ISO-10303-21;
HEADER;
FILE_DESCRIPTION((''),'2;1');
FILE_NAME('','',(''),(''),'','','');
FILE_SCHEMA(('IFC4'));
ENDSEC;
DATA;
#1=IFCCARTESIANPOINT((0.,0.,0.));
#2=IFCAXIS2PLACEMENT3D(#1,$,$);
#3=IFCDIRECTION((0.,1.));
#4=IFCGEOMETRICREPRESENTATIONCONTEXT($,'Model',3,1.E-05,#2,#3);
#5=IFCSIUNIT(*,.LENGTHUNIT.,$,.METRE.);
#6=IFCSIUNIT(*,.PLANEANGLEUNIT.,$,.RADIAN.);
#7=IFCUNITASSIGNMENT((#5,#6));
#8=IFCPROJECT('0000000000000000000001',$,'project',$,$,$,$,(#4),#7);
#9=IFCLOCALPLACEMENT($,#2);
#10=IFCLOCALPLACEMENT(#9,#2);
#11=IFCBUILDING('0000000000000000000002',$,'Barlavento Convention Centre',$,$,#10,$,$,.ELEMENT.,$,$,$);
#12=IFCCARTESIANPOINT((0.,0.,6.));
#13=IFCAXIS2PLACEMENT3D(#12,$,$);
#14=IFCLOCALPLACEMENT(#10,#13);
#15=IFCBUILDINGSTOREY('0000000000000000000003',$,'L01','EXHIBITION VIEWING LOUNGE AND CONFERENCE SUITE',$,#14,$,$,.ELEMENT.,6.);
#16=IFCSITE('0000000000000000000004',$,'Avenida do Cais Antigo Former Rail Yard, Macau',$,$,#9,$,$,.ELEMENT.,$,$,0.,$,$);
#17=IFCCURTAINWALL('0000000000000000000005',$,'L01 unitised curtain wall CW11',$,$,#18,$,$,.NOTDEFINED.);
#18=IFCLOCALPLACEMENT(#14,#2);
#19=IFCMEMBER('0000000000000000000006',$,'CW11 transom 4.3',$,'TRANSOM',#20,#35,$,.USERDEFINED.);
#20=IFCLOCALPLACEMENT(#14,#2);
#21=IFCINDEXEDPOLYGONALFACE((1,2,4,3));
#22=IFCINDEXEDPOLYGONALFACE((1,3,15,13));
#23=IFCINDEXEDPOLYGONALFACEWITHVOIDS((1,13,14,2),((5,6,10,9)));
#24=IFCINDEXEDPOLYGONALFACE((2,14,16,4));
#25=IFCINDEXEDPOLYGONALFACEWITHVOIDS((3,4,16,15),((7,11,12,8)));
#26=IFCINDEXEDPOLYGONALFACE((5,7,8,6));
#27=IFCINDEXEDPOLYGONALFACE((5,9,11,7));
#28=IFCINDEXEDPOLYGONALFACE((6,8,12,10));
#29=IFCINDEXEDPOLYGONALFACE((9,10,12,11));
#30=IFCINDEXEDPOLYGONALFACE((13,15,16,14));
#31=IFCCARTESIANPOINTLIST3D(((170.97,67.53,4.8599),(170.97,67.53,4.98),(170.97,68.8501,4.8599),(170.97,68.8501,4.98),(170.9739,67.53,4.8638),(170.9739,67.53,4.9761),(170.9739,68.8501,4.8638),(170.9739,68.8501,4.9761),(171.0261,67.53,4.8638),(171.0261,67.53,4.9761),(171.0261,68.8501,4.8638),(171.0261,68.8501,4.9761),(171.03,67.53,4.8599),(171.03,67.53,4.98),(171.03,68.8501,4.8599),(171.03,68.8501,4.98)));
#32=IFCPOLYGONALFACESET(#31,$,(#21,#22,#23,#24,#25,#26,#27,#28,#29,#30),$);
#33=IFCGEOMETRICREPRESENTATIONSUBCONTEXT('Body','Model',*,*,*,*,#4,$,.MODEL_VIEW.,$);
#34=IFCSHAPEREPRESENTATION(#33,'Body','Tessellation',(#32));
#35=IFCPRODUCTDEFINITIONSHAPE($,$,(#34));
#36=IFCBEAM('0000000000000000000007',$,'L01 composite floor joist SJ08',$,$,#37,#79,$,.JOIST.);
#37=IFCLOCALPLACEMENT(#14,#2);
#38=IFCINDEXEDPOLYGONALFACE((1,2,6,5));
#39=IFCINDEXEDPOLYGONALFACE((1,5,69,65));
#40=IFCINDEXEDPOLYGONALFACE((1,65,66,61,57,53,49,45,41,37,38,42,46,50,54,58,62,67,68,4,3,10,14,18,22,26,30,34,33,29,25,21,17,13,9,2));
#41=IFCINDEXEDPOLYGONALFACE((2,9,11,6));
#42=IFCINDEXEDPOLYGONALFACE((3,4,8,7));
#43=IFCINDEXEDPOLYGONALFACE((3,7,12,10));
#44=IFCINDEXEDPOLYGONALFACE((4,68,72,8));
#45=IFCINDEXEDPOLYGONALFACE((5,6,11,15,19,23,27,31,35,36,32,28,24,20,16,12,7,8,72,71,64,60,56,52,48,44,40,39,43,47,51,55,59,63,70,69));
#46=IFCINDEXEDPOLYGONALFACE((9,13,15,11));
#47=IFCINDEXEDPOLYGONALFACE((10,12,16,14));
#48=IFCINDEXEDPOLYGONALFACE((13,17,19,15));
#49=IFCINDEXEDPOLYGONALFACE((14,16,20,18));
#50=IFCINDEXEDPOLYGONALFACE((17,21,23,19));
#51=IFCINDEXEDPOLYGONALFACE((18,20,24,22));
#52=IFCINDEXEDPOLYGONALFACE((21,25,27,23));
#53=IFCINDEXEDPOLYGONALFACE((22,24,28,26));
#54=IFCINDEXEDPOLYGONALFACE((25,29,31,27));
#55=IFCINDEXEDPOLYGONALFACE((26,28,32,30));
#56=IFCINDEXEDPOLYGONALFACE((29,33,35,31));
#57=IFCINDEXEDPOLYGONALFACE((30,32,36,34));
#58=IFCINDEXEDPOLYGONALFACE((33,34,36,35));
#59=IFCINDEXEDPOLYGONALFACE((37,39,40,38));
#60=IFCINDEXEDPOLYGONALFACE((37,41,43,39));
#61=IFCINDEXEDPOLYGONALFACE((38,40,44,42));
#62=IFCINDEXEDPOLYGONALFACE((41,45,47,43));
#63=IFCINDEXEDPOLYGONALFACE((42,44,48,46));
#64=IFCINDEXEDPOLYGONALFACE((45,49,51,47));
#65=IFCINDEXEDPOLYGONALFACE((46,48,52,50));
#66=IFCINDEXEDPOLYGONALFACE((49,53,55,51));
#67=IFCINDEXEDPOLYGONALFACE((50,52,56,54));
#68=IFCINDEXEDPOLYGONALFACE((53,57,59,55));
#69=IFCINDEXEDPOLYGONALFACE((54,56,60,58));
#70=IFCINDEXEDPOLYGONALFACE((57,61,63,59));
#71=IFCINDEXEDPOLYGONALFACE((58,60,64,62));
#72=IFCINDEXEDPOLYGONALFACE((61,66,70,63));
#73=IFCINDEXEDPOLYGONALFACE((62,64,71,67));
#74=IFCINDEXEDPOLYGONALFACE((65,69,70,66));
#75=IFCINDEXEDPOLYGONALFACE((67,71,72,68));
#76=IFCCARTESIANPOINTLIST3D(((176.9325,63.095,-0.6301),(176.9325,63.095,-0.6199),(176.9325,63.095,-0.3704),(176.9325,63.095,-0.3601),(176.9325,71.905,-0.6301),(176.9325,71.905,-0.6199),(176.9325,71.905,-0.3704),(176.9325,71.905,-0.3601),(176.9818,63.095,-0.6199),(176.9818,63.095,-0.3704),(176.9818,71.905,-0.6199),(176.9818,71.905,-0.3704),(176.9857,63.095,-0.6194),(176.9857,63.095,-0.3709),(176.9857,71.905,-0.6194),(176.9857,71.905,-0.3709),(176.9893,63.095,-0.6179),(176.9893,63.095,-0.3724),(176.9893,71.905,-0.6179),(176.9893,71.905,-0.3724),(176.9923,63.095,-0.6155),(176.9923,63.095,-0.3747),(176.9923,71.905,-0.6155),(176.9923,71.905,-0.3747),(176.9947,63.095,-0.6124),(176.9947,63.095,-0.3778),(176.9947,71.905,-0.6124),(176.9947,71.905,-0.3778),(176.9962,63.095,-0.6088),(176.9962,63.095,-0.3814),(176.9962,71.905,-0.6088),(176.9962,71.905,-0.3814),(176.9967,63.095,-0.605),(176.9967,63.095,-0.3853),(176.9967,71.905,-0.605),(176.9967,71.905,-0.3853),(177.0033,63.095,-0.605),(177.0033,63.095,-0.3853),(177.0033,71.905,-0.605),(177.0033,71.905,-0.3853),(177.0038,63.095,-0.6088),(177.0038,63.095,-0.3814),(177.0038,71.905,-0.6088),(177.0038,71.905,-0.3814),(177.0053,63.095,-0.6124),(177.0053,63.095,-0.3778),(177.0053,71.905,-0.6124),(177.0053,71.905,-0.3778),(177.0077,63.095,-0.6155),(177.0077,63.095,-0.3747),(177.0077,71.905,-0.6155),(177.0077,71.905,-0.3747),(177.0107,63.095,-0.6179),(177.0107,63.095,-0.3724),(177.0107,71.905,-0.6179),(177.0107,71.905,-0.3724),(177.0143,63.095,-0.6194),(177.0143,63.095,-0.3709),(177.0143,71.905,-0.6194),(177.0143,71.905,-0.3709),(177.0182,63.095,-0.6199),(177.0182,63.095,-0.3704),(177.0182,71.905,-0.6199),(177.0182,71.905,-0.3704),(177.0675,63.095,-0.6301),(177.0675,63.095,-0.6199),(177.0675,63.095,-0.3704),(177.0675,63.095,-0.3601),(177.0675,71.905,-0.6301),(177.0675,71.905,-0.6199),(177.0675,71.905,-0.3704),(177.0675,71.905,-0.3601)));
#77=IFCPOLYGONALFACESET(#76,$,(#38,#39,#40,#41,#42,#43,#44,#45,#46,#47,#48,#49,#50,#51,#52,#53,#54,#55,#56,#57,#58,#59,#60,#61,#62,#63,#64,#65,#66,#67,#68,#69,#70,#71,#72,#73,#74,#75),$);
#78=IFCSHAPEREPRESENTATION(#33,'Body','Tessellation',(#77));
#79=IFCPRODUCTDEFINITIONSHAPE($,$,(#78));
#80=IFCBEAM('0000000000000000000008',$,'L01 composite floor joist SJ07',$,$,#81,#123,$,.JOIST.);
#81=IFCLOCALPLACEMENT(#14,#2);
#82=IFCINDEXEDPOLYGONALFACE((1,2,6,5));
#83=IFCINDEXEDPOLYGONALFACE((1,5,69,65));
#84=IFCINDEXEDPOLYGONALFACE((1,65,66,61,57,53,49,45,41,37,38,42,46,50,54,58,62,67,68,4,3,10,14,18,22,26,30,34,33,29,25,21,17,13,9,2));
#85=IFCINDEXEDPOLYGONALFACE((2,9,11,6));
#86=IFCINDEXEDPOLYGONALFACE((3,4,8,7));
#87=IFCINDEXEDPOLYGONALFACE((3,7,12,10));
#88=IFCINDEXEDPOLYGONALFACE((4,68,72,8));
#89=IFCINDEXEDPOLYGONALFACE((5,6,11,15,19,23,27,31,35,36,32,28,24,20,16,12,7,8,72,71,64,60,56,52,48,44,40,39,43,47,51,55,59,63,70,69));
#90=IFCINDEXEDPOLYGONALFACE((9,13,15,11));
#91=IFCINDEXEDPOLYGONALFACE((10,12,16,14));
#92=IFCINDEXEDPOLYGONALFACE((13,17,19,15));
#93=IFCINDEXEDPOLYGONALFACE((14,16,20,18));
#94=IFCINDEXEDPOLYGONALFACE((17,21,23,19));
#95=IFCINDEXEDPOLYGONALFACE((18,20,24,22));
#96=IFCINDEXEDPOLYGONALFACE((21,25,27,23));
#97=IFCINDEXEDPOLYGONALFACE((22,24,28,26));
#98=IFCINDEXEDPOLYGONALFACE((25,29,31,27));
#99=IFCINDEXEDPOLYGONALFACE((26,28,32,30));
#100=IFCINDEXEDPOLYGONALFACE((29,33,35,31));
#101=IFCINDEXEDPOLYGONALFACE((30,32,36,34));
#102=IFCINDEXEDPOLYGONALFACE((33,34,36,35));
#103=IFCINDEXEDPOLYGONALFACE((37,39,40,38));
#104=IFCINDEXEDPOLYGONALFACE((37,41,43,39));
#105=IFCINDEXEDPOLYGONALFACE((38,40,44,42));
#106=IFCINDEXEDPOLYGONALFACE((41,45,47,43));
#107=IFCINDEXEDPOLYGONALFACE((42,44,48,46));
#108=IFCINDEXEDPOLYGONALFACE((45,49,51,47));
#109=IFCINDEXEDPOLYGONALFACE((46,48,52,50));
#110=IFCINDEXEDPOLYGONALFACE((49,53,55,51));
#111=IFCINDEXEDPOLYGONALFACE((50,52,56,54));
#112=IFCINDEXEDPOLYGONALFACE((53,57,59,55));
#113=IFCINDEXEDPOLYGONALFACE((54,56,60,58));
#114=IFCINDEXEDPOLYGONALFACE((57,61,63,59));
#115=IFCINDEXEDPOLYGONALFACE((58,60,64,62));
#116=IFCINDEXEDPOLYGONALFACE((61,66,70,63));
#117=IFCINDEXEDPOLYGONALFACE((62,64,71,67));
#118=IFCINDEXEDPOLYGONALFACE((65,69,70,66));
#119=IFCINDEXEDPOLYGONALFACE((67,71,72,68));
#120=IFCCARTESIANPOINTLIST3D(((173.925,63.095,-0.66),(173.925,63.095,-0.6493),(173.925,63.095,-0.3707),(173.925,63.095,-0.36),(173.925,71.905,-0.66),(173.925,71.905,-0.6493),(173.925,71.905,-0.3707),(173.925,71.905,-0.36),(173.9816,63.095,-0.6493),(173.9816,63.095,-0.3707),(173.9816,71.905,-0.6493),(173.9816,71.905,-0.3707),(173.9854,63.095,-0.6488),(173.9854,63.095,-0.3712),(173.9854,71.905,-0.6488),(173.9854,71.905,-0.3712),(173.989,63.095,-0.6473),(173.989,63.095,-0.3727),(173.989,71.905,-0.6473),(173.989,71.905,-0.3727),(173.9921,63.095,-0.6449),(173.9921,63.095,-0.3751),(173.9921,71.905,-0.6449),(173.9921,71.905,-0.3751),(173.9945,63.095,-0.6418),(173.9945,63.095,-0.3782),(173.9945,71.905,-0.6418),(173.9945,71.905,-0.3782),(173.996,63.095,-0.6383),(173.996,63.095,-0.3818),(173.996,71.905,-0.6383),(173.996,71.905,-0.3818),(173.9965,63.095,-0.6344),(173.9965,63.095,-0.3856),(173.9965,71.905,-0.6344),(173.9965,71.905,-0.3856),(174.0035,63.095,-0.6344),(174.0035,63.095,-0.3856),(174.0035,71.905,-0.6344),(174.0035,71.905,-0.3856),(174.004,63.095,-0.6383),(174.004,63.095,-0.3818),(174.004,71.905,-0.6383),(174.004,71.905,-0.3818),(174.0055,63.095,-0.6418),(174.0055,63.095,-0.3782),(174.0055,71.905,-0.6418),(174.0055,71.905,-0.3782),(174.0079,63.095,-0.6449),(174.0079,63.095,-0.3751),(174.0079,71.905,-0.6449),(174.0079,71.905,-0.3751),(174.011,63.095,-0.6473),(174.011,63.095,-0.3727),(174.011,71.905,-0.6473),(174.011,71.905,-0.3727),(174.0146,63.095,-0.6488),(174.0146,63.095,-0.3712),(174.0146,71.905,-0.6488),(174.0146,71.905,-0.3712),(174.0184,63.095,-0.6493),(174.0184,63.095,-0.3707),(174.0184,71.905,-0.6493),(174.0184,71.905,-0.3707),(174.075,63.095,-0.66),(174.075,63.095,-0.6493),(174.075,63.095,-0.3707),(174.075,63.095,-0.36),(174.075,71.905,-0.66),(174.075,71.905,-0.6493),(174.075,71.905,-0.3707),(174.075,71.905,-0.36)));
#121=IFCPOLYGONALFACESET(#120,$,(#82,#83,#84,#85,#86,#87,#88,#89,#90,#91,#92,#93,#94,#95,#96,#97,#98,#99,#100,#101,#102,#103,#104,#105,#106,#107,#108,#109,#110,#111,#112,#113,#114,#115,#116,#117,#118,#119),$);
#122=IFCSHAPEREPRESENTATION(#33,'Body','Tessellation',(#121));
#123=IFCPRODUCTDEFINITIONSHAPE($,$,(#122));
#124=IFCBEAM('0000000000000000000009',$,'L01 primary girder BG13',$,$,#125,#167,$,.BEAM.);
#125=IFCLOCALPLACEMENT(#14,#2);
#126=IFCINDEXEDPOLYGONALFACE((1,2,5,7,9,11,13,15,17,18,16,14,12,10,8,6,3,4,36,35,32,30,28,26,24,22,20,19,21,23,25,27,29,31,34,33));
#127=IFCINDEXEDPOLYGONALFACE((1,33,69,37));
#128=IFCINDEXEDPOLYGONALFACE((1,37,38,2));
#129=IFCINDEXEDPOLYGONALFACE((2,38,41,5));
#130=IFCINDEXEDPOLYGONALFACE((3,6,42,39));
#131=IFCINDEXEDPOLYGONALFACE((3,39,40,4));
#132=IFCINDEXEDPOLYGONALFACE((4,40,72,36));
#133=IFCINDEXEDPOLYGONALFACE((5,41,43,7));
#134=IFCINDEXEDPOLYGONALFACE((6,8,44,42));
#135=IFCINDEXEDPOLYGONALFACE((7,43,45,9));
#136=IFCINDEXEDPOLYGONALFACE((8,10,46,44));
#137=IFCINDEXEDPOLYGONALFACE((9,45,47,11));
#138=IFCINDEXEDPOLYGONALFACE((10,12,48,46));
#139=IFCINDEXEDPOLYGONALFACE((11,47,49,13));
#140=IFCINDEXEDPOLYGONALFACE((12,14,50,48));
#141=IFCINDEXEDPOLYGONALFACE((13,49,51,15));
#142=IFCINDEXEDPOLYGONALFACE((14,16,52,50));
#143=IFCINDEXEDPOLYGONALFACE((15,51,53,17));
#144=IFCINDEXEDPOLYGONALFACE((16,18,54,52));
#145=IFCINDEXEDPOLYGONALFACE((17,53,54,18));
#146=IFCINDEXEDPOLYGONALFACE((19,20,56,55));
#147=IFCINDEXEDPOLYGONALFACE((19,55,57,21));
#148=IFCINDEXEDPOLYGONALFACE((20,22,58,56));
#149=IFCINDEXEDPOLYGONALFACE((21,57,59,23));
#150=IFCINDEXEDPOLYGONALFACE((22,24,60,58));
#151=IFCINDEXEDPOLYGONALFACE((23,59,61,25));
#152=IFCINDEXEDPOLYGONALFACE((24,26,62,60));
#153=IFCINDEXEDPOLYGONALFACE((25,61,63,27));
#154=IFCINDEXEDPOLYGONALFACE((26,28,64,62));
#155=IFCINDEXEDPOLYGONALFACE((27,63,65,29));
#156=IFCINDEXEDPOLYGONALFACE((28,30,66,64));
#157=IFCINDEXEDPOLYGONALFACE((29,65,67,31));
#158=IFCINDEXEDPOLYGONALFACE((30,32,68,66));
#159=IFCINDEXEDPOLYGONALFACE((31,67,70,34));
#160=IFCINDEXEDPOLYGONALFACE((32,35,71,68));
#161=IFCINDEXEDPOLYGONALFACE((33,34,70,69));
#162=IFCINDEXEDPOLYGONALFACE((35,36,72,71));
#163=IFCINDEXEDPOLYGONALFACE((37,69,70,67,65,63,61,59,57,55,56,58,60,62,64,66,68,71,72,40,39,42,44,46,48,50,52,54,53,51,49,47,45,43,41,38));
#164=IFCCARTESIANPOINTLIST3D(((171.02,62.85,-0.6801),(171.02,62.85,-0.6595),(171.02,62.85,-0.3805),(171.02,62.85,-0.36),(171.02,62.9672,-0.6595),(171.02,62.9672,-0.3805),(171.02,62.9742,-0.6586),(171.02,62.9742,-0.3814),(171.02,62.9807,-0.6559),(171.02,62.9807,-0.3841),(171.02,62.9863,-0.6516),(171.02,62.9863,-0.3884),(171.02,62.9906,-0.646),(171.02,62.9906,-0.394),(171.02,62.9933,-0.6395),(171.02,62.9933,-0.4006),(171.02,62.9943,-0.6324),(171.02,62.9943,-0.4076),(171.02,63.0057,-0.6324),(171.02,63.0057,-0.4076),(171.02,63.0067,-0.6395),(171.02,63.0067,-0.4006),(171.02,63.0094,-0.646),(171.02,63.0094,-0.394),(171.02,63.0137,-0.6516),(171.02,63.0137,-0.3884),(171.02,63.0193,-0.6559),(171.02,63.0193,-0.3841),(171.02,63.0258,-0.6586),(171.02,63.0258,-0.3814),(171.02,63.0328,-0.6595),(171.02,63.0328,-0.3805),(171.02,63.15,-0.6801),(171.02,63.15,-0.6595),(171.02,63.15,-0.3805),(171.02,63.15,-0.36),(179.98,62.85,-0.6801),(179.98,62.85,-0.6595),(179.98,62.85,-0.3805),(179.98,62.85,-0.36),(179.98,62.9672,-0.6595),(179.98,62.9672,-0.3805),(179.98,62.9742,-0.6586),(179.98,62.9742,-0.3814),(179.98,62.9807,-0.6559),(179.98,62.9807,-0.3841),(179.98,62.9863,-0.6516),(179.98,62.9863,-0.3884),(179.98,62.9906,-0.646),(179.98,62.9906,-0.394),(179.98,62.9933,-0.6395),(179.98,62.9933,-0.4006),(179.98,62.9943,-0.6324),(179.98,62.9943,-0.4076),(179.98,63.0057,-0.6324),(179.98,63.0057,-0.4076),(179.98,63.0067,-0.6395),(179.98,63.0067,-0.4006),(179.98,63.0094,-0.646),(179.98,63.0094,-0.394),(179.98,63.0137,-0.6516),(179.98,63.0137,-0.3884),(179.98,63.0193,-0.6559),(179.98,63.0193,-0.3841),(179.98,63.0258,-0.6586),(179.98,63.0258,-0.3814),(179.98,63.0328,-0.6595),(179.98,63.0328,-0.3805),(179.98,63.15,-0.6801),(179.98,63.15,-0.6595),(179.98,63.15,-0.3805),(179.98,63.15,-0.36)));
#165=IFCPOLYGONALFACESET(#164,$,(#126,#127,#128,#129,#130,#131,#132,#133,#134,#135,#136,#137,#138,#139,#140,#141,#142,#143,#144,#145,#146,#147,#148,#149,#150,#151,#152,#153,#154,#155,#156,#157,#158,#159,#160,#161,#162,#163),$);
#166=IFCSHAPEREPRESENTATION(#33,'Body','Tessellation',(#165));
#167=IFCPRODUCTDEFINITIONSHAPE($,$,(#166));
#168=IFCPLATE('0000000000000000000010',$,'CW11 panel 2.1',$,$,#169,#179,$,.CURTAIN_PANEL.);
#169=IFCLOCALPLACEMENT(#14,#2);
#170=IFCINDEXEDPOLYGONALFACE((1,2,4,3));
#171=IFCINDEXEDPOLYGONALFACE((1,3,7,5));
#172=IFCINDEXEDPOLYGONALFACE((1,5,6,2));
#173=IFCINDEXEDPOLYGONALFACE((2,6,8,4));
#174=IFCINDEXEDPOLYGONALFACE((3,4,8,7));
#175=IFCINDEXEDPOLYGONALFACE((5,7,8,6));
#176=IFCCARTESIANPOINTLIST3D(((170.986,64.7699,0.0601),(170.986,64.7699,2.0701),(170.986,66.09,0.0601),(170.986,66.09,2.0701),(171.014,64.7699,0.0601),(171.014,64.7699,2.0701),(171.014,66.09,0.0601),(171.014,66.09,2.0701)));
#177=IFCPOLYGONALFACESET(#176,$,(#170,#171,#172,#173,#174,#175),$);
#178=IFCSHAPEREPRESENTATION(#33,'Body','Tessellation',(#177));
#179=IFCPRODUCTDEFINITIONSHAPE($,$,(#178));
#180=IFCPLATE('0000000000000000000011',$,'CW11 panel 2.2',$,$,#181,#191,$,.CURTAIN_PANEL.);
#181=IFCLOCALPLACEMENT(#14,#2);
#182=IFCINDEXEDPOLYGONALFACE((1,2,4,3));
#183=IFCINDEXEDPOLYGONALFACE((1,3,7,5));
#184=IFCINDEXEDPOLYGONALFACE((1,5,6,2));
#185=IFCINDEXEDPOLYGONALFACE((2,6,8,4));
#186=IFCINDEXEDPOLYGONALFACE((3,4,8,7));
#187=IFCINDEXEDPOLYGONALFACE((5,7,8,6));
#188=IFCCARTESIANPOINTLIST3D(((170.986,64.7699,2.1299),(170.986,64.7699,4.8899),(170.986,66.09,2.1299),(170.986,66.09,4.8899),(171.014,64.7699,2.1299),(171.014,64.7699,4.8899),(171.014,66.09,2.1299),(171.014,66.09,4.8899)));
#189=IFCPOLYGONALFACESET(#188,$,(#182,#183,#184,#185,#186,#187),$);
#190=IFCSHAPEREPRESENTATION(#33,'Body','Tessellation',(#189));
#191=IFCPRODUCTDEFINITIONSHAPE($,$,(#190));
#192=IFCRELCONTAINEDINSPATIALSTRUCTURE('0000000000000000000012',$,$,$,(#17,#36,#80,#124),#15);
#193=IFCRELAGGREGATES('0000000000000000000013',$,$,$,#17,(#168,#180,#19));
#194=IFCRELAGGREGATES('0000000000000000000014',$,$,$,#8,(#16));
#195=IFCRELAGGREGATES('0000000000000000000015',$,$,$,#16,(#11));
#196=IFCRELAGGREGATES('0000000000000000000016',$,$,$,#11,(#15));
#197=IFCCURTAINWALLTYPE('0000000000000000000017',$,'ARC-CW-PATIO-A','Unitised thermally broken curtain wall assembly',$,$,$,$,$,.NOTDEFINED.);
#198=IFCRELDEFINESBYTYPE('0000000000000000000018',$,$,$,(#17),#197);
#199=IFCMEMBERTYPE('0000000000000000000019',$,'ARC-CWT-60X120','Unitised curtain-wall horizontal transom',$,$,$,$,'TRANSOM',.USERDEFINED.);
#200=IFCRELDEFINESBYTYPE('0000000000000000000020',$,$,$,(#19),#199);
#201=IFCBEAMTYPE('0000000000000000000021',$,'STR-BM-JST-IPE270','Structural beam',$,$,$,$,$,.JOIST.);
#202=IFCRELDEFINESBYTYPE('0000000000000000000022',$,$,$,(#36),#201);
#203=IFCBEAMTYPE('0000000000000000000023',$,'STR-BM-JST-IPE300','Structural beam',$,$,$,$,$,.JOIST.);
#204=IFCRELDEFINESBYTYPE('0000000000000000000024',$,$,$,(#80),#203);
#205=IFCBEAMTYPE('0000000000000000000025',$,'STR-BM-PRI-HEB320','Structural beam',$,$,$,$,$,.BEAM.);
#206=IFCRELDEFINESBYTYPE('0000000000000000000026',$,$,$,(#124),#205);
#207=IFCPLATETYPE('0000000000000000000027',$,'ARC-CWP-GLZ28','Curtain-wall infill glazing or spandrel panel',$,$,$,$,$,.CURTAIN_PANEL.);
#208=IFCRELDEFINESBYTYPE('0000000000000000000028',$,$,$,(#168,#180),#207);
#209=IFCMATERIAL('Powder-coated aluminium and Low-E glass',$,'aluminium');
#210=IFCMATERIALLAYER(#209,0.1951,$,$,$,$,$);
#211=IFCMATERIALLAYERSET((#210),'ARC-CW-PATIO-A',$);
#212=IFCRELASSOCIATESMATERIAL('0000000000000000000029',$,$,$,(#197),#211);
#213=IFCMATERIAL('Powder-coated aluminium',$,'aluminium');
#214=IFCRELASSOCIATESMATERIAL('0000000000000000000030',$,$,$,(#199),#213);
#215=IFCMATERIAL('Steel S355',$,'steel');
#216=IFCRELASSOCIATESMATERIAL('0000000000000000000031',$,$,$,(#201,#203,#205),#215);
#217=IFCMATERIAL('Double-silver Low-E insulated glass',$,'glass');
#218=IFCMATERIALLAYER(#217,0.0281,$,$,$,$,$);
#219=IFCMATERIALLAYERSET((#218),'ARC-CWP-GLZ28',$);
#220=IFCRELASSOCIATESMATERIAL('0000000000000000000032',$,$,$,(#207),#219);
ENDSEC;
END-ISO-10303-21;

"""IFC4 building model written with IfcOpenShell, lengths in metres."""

from ifc_helpers import new_model, si_unit, direction, frame, origin, origin_2d, place, context, subcontext, project, spatial, rectangle, hollow_rectangle, i_section, extrude, material, layer, layer_set, material_profile, profile_set, type_object, element, aggregate, save


model = new_model("IFC4")

# Units and contexts
model_context = context("Model", 3, precision=1e-05, world=origin(), true_north=direction((0.0, 1.0)))
body_context = subcontext(model_context, "Body", "Model", "MODEL_VIEW")
ifc_project = project(units=[si_unit("LENGTHUNIT", "METRE"), si_unit("PLANEANGLEUNIT", "RADIAN")], contexts=[model_context])

# Site, building, storey
site_placement = place(None, origin())
site = spatial("IfcSite", under=ifc_project, at=site_placement, Name="Avenida do Cais Antigo Former Rail Yard, Macau", CompositionType="ELEMENT", RefElevation=0.0)
building_placement = place(site_placement, origin())
building = spatial("IfcBuilding", under=site, at=building_placement, Name="Barlavento Convention Centre", CompositionType="ELEMENT")
storey_placement = place(building_placement, frame((0.0, 0.0, 6.0)))
storey = spatial("IfcBuildingStorey", under=building, at=storey_placement, Name="L01", Description="EXHIBITION VIEWING LOUNGE AND CONFERENCE SUITE", CompositionType="ELEMENT", Elevation=6.0)

# Curtain wall, member
ifc_material_1 = material(Name="Powder-coated aluminium and Low-E glass", Category="aluminium")
ifc_layer_1 = layer(ifc_material_1, 0.1951)
ifc_layer_set_1 = layer_set([ifc_layer_1], Name="ARC-CW-PATIO-A")
curtain_wall_type = type_object("IfcCurtainWallType", Name="ARC-CW-PATIO-A", Description="Unitised thermally broken curtain wall assembly", PredefinedType="NOTDEFINED", material=ifc_layer_set_1)
curtain_wall_placement = place(storey_placement, origin())
curtain_wall = element("IfcCurtainWall", 1, at=curtain_wall_placement, inside=storey, type_object=curtain_wall_type, Name="L01 unitised curtain wall CW11", PredefinedType="NOTDEFINED")
ifc_material_2 = material(Name="Powder-coated aluminium", Category="aluminium")
ifc_material_profile_1 = material_profile(ifc_material_2, hollow_rectangle(XDim=0.0601, YDim=0.1201, WallThickness=0.0039, at=origin_2d()), Name="AL-TRAN 60x120x4")
ifc_profile_set_1 = profile_set([ifc_material_profile_1], Name="Powder-coated aluminium")
member_type_1 = type_object("IfcMemberType", Name="ARC-CWT-60X120", Description="Unitised curtain-wall horizontal transom", ElementType="TRANSOM", PredefinedType="USERDEFINED", material=ifc_profile_set_1)
member_1_placement = place(storey_placement, frame((171.0, 67.53, 4.9199), z_axis=(0.0, 1.0, 0.0), x_axis=(-1.0, 0.0, 0.0)))
member_1 = element("IfcMember", 2, at=member_1_placement, type_object=member_type_1, Name="CW11 transom 4.3", ObjectType="TRANSOM", PredefinedType="USERDEFINED", context=body_context, shape_type="SweptSolid", body=[
    extrude(hollow_rectangle(XDim=0.0601, YDim=0.1201, WallThickness=0.0039, at=origin_2d()), origin(), (0.0, 0.0, 1.0), 1.3201),
])

# Beams
ifc_material_3 = material(Name="Steel S355", Category="steel")
ifc_material_profile_2 = material_profile(ifc_material_3, i_section(OverallWidth=0.135, OverallDepth=0.27, WebThickness=0.0066, FlangeThickness=0.0103, FilletRadius=0.0149, at=origin_2d()), Name="IPE 270")
ifc_profile_set_2 = profile_set([ifc_material_profile_2], Name="Steel S355")
beam_type_1 = type_object("IfcBeamType", Name="STR-BM-JST-IPE270", Description="Structural beam", PredefinedType="JOIST", material=ifc_profile_set_2)
beam_1_placement = place(storey_placement, frame((177.0, 63.095, -0.4951), z_axis=(0.0, 1.0, 0.0), x_axis=(-1.0, 0.0, 0.0)))
element("IfcBeam", 3, at=beam_1_placement, inside=storey, type_object=beam_type_1, Name="L01 composite floor joist SJ08", PredefinedType="JOIST", context=body_context, shape_type="SweptSolid", body=[
    extrude(i_section(OverallWidth=0.135, OverallDepth=0.27, WebThickness=0.0066, FlangeThickness=0.0103, FilletRadius=0.0149, at=origin_2d()), origin(), (0.0, 0.0, 1.0), 8.8101),
])
ifc_material_profile_3 = material_profile(ifc_material_3, i_section(OverallWidth=0.1499, OverallDepth=0.3, WebThickness=0.0071, FlangeThickness=0.0107, FilletRadius=0.0149, at=origin_2d()), Name="IPE 300")
ifc_profile_set_3 = profile_set([ifc_material_profile_3], Name="Steel S355")
beam_type_2 = type_object("IfcBeamType", Name="STR-BM-JST-IPE300", Description="Structural beam", PredefinedType="JOIST", material=ifc_profile_set_3)
beam_2_placement = place(storey_placement, frame((174.0, 63.095, -0.51), z_axis=(0.0, 1.0, 0.0), x_axis=(-1.0, 0.0, 0.0)))
element("IfcBeam", 4, at=beam_2_placement, inside=storey, type_object=beam_type_2, Name="L01 composite floor joist SJ07", PredefinedType="JOIST", context=body_context, shape_type="SweptSolid", body=[
    extrude(i_section(OverallWidth=0.1499, OverallDepth=0.3, WebThickness=0.0071, FlangeThickness=0.0107, FilletRadius=0.0149, at=origin_2d()), origin(), (0.0, 0.0, 1.0), 8.8101),
])
ifc_material_profile_4 = material_profile(ifc_material_3, i_section(OverallWidth=0.3, OverallDepth=0.3201, WebThickness=0.0115, FlangeThickness=0.0205, FilletRadius=0.0271, at=origin_2d()), Name="HEB 320")
ifc_profile_set_4 = profile_set([ifc_material_profile_4], Name="Steel S355")
beam_type_3 = type_object("IfcBeamType", Name="STR-BM-PRI-HEB320", Description="Structural beam", PredefinedType="BEAM", material=ifc_profile_set_4)
beam_3_placement = place(storey_placement, frame((171.02, 63.0, -0.52), z_axis=(1.0, 0.0, 0.0), x_axis=(0.0, 1.0, 0.0)))
element("IfcBeam", 5, at=beam_3_placement, inside=storey, type_object=beam_type_3, Name="L01 primary girder BG13", PredefinedType="BEAM", context=body_context, shape_type="SweptSolid", body=[
    extrude(i_section(OverallWidth=0.3, OverallDepth=0.3201, WebThickness=0.0115, FlangeThickness=0.0205, FilletRadius=0.0271, at=origin_2d()), origin(), (0.0, 0.0, 1.0), 8.96),
])

# Plates
ifc_material_4 = material(Name="Double-silver Low-E insulated glass", Category="glass")
ifc_layer_2 = layer(ifc_material_4, 0.0281)
ifc_layer_set_2 = layer_set([ifc_layer_2], Name="ARC-CWP-GLZ28")
plate_type = type_object("IfcPlateType", Name="ARC-CWP-GLZ28", Description="Curtain-wall infill glazing or spandrel panel", PredefinedType="CURTAIN_PANEL", material=ifc_layer_set_2)
plate_1_placement = place(storey_placement, frame((171.0, 65.4299, 0.0601), z_axis=(0.0, 0.0, 1.0), x_axis=(0.0, 1.0, 0.0)))
plate_1 = element("IfcPlate", 6, at=plate_1_placement, type_object=plate_type, Name="CW11 panel 2.1", PredefinedType="CURTAIN_PANEL", context=body_context, shape_type="SweptSolid", body=[
    extrude(rectangle(XDim=1.3201, YDim=0.0281, at=origin_2d()), origin(), (0.0, 0.0, 1.0), 2.01),
])
plate_2_placement = place(storey_placement, frame((171.0, 65.4299, 2.1299), z_axis=(0.0, 0.0, 1.0), x_axis=(0.0, 1.0, 0.0)))
plate_2 = element("IfcPlate", 7, at=plate_2_placement, type_object=plate_type, Name="CW11 panel 2.2", PredefinedType="CURTAIN_PANEL", context=body_context, shape_type="SweptSolid", body=[
    extrude(rectangle(XDim=1.3201, YDim=0.0281, at=origin_2d()), origin(), (0.0, 0.0, 1.0), 2.76),
])
aggregate(curtain_wall, [plate_1, plate_2, member_1])

save(model, "model.ifc")
